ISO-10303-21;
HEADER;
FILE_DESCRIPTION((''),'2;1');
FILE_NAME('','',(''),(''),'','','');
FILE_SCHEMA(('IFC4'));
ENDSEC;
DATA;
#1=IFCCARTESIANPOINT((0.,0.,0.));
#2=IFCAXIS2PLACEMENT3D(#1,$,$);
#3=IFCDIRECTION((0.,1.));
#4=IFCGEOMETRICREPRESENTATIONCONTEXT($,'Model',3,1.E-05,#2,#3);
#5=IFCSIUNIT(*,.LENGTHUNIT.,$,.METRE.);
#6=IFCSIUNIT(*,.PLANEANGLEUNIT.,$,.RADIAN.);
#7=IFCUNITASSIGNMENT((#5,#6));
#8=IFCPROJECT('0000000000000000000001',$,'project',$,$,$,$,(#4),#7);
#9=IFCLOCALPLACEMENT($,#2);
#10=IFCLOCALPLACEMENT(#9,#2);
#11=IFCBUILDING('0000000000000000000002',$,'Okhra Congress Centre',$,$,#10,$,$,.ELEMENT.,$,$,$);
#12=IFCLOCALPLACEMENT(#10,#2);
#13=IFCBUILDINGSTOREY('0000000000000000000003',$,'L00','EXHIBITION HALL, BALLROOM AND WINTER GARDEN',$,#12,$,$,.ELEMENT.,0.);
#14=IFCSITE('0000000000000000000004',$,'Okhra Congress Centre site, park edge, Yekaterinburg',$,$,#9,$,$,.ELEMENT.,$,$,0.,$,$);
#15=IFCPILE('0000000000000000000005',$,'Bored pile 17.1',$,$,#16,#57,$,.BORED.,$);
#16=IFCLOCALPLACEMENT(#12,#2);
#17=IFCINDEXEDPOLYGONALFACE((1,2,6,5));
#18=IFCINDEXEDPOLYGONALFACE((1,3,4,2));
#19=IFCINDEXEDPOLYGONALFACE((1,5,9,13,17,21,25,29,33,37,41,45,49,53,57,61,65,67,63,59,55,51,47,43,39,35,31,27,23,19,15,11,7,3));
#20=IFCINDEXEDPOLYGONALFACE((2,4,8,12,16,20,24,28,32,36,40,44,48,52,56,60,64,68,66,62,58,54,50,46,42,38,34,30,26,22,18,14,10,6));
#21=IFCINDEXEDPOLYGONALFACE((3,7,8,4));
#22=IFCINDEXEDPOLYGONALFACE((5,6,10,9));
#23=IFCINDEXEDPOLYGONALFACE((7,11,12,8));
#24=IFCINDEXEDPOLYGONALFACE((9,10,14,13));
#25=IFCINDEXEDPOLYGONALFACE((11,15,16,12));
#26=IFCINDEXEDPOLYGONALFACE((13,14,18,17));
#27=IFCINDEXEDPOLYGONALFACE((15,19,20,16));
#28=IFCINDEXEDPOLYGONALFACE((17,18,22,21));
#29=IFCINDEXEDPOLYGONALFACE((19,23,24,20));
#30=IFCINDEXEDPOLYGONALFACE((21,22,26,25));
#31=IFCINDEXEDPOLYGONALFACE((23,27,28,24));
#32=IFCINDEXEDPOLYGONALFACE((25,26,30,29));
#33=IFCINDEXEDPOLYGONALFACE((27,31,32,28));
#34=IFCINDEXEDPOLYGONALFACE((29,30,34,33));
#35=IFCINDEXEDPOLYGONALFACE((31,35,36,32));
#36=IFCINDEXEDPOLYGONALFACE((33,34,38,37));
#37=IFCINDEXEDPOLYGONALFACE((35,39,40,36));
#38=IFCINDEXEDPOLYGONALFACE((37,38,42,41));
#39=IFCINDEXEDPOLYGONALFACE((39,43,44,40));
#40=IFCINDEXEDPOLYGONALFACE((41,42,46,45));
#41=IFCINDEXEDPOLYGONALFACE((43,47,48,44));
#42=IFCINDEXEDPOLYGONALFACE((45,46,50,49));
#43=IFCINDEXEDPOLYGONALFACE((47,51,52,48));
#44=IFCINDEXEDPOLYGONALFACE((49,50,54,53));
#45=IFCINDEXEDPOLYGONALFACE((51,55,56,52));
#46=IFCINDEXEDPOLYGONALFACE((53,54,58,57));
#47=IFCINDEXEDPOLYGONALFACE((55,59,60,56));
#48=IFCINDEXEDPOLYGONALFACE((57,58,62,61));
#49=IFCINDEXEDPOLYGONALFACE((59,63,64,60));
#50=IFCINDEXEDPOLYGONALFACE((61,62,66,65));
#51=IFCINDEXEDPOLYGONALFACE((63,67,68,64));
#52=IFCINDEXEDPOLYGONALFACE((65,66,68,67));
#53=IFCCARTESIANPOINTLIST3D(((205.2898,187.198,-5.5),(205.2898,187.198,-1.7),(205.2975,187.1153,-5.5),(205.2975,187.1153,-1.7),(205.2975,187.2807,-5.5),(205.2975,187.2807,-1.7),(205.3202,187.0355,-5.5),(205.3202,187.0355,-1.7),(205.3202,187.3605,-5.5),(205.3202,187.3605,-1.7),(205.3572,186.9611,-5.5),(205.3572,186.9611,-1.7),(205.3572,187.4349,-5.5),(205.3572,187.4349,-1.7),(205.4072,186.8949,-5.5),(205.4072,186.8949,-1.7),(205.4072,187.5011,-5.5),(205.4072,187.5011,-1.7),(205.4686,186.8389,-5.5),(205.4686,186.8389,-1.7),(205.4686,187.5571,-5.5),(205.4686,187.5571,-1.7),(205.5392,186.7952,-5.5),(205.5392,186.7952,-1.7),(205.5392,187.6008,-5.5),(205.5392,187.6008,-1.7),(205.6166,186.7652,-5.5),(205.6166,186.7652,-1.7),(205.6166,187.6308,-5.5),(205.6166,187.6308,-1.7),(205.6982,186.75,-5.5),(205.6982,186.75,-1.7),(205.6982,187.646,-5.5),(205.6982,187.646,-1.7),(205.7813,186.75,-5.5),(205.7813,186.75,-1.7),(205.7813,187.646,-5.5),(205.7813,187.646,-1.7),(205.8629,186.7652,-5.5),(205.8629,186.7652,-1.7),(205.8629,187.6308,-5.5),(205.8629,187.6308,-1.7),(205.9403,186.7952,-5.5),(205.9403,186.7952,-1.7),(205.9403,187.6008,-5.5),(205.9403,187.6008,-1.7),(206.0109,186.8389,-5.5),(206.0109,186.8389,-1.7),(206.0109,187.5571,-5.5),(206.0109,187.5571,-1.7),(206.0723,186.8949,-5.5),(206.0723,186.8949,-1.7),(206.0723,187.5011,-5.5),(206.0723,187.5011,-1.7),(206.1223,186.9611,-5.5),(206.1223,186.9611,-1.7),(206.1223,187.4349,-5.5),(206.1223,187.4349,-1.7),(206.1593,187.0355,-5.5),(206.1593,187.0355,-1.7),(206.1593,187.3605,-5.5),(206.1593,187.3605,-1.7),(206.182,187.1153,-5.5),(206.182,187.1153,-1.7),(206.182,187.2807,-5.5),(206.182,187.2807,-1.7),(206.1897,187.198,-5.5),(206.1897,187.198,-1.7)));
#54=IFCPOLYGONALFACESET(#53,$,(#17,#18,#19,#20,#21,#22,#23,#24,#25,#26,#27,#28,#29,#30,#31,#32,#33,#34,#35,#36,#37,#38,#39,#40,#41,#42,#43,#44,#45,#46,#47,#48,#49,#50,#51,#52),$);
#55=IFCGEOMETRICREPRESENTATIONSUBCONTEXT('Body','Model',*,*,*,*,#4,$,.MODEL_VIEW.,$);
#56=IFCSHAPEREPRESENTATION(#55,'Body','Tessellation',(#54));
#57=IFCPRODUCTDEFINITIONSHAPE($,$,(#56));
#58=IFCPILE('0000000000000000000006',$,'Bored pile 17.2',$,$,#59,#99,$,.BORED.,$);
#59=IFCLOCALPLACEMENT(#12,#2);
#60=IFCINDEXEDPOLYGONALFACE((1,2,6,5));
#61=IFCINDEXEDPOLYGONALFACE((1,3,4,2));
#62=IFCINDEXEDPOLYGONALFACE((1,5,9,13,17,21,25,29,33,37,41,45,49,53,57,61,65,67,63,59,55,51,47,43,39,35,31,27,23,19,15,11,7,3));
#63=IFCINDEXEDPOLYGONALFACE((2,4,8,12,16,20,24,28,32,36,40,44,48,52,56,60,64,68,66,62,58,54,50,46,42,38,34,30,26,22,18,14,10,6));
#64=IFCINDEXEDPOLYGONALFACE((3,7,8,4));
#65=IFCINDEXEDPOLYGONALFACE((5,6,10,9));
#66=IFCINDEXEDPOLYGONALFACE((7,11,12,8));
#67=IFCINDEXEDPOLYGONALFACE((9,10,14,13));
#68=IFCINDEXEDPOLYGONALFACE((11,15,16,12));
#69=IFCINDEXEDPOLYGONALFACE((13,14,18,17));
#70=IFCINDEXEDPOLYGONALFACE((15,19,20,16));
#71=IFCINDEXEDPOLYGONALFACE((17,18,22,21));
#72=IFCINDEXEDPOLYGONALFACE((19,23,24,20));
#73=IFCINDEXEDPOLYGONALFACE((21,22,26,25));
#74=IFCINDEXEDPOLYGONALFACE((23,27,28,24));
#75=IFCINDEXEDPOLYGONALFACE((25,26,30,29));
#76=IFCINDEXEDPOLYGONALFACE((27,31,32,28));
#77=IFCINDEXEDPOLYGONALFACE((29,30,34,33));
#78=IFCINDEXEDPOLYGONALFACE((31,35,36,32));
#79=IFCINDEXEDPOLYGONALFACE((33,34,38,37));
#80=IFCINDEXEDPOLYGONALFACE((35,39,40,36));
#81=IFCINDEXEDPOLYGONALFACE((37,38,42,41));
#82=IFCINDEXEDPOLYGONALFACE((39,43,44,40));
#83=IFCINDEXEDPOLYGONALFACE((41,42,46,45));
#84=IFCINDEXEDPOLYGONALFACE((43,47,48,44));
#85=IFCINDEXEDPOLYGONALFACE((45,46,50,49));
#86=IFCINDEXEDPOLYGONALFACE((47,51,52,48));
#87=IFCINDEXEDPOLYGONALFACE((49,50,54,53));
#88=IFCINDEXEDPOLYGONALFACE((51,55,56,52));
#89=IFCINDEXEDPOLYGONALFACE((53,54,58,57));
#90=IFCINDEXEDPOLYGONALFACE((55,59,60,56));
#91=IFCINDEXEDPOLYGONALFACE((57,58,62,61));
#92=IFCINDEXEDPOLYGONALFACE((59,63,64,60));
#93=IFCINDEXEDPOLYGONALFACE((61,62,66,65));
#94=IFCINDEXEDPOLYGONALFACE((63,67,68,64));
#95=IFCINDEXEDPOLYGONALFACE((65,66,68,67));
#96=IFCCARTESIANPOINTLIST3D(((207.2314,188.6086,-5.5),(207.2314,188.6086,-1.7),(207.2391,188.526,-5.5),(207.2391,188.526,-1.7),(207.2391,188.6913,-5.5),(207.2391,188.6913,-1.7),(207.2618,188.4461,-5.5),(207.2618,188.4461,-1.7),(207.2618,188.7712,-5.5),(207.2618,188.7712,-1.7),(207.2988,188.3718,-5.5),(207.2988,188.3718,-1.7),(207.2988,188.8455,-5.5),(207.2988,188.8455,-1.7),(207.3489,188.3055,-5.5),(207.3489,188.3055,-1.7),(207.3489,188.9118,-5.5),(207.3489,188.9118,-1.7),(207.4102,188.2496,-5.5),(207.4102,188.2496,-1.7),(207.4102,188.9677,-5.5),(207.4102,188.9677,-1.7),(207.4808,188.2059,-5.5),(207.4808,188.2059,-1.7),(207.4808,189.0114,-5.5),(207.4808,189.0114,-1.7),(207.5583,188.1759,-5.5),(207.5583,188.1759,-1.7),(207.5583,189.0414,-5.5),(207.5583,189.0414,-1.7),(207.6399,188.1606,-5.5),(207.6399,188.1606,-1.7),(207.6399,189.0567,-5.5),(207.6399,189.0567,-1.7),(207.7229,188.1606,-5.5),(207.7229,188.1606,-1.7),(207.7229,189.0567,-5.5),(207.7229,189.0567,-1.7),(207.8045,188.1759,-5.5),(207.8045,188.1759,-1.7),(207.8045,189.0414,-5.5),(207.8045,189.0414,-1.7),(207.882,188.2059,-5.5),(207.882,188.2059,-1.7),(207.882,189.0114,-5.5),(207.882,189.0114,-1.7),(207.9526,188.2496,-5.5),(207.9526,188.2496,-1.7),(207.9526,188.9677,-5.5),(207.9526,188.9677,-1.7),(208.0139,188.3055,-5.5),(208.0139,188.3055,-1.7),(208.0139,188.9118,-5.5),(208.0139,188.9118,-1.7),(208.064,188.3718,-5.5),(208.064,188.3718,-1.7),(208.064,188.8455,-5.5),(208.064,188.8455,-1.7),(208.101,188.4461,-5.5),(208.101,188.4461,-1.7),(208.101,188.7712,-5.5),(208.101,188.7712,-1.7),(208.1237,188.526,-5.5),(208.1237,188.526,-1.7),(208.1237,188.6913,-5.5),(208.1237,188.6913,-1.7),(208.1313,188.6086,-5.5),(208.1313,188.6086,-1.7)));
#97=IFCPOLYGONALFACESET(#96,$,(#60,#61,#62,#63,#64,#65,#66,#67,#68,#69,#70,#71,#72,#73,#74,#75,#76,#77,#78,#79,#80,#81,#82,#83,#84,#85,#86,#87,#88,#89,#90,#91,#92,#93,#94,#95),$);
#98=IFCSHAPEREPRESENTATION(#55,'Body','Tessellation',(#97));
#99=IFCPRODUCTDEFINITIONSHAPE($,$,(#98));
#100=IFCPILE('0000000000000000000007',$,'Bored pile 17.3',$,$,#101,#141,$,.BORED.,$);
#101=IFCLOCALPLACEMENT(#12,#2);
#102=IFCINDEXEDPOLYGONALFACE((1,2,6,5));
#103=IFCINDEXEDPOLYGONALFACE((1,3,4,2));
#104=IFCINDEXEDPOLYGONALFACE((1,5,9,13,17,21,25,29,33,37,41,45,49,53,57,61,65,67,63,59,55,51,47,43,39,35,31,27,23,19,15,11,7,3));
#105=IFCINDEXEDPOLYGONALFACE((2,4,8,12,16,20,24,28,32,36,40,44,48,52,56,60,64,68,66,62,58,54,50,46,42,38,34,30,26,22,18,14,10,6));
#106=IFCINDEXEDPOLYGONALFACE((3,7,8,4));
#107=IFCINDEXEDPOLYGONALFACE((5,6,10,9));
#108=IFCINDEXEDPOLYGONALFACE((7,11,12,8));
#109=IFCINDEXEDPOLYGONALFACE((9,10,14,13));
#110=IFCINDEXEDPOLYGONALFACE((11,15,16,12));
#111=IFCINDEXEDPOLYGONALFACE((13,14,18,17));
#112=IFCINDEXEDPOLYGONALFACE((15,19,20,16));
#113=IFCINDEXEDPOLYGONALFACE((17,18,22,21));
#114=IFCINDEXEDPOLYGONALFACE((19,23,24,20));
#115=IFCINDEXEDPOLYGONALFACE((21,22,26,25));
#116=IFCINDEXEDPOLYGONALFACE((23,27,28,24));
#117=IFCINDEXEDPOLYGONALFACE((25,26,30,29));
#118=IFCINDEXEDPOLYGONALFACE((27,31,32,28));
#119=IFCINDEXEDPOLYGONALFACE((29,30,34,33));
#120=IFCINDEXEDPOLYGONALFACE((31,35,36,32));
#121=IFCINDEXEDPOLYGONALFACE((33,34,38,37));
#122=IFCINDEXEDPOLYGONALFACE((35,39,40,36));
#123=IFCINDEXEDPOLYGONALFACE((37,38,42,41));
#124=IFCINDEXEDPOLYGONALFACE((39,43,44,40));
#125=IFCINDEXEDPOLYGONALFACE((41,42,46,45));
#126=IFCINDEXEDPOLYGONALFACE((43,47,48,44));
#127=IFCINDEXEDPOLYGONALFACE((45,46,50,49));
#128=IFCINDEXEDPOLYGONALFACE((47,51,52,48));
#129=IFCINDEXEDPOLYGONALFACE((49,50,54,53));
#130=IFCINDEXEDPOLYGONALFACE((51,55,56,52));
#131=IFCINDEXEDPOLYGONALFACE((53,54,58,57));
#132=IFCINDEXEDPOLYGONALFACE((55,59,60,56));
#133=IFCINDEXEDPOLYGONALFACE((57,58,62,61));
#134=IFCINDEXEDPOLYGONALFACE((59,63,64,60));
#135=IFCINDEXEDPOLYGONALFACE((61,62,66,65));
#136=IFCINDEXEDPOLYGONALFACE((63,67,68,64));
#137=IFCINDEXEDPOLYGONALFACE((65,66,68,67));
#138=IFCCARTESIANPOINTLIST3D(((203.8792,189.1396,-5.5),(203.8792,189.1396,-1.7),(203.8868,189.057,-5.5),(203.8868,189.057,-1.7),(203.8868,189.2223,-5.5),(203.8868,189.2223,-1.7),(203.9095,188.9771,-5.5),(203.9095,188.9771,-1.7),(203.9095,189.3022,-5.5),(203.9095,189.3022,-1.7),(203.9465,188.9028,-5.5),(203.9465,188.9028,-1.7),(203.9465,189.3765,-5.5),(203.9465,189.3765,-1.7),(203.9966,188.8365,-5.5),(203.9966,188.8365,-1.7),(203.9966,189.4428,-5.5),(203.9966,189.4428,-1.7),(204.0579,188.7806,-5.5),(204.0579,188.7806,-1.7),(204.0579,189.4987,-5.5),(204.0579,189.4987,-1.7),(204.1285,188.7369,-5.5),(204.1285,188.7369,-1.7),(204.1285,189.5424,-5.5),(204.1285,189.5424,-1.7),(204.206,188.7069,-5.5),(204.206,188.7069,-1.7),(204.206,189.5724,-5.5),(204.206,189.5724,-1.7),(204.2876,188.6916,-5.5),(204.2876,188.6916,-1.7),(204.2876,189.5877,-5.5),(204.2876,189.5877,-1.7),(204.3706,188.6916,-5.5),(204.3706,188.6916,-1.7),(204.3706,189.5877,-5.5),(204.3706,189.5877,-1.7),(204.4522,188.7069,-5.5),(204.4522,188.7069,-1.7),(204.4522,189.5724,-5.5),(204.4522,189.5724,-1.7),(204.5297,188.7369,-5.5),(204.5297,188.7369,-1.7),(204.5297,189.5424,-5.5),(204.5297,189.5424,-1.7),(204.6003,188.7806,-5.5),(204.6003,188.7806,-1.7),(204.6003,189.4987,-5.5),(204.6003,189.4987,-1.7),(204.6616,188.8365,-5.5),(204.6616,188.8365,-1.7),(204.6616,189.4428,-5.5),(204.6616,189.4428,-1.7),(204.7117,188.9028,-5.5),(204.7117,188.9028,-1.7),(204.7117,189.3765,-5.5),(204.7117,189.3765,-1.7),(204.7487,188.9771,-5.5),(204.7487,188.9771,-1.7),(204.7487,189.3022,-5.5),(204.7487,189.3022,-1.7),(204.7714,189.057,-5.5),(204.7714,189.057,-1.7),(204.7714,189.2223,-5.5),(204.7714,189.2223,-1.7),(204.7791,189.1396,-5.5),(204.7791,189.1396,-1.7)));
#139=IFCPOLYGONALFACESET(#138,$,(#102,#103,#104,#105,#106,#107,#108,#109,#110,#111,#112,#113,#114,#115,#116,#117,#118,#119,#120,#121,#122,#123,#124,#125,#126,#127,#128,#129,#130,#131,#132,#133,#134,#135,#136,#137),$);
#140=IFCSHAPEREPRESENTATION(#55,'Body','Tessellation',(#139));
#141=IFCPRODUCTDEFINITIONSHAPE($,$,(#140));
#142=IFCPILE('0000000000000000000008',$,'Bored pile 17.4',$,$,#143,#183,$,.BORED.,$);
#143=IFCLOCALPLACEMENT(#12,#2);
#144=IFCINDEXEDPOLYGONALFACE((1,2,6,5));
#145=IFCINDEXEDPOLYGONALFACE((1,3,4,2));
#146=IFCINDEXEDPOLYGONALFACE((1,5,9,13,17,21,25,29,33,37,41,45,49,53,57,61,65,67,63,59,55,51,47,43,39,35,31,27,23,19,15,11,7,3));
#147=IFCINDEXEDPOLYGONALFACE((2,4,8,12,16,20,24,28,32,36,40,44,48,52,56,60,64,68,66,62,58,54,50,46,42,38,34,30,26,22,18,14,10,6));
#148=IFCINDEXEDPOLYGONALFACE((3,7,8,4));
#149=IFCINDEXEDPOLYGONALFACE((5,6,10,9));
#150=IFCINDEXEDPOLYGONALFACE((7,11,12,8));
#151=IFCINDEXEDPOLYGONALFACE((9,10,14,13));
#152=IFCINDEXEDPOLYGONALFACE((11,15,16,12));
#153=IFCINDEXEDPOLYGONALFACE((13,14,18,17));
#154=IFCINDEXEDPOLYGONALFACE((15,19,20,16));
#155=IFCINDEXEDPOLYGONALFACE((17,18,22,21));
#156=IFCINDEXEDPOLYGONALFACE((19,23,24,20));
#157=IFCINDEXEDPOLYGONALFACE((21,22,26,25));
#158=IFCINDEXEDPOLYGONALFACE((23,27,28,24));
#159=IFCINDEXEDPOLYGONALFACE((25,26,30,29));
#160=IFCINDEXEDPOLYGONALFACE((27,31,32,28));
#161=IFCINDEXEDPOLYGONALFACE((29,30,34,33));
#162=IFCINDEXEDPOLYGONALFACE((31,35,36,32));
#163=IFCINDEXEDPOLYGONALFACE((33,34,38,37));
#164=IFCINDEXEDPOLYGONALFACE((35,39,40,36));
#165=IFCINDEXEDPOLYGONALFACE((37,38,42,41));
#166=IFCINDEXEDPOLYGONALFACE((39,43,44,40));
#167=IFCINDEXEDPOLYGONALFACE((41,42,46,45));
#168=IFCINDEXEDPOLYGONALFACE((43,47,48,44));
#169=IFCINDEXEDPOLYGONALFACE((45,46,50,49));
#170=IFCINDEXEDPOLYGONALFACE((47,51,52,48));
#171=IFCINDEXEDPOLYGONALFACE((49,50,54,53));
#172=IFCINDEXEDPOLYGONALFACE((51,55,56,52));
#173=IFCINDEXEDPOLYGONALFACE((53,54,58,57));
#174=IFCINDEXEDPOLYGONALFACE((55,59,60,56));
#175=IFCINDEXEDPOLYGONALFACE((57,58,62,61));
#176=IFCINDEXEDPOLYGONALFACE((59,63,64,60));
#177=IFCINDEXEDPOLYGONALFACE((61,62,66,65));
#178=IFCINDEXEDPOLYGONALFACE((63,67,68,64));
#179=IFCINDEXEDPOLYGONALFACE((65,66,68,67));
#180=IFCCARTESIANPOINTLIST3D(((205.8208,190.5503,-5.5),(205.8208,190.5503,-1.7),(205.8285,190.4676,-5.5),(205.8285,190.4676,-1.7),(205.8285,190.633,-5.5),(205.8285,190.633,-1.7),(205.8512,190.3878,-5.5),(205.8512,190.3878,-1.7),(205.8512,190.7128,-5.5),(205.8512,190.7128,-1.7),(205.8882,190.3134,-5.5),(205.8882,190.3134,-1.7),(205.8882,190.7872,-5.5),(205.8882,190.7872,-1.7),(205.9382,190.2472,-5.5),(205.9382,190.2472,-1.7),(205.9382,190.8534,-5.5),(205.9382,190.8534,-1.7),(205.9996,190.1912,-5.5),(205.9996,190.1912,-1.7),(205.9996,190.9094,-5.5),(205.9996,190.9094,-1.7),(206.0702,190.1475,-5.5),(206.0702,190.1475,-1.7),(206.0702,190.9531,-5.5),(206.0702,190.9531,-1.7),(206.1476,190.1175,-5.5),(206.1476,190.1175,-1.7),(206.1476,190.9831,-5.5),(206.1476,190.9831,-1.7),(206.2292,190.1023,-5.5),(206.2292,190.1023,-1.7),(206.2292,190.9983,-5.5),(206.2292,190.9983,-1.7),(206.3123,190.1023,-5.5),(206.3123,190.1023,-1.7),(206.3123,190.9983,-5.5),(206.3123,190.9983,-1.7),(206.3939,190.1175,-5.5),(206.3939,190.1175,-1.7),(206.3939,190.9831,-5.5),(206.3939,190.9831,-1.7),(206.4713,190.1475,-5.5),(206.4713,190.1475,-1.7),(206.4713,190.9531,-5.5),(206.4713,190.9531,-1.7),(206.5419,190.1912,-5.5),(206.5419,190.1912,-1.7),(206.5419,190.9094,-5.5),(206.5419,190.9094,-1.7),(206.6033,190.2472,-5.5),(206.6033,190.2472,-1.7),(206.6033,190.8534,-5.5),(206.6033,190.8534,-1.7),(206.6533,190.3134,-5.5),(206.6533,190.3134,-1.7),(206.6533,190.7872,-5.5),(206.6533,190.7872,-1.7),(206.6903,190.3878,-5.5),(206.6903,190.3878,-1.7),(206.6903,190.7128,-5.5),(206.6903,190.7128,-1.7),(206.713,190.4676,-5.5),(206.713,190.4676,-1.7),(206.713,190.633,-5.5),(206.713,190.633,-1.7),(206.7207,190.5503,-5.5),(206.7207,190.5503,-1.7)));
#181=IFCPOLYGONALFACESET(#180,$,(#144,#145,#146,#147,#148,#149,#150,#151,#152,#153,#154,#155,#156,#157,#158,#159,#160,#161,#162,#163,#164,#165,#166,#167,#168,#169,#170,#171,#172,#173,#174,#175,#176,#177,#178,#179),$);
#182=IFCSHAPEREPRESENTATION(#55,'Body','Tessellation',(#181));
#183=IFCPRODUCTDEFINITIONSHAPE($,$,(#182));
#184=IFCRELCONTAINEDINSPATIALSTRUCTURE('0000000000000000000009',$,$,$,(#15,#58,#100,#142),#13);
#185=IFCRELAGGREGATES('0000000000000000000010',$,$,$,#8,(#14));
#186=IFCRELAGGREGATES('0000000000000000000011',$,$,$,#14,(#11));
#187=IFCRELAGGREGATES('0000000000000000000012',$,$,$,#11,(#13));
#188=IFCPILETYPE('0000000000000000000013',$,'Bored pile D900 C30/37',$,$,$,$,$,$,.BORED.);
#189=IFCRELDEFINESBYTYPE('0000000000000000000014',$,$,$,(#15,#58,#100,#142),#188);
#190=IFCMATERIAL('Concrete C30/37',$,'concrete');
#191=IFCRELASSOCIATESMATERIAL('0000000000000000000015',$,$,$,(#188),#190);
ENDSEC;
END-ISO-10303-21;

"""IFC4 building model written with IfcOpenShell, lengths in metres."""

from ifc_helpers import new_model, si_unit, direction, frame, origin, origin_2d, place, context, subcontext, project, spatial, circle, extrude, material, material_profile, profile_set, type_object, element, save


model = new_model("IFC4")

# Units and contexts
model_context = context("Model", 3, precision=1e-05, world=origin(), true_north=direction((0.0, 1.0)))
body_context = subcontext(model_context, "Body", "Model", "MODEL_VIEW")
ifc_project = project(units=[si_unit("LENGTHUNIT", "METRE"), si_unit("PLANEANGLEUNIT", "RADIAN")], contexts=[model_context])

# Site, building, storey
site_placement = place(None, origin())
site = spatial("IfcSite", under=ifc_project, at=site_placement, Name="Okhra Congress Centre site, park edge, Yekaterinburg", CompositionType="ELEMENT", RefElevation=0.0)
building_placement = place(site_placement, origin())
building = spatial("IfcBuilding", under=site, at=building_placement, Name="Okhra Congress Centre", CompositionType="ELEMENT")
storey_placement = place(building_placement, origin())
storey = spatial("IfcBuildingStorey", under=building, at=storey_placement, Name="L00", Description="EXHIBITION HALL, BALLROOM AND WINTER GARDEN", CompositionType="ELEMENT", Elevation=0.0)

# Piles
ifc_material_1 = material(Name="Concrete C30/37", Category="concrete")
ifc_material_profile_1 = material_profile(ifc_material_1, circle(Radius=0.45, at=origin_2d()), Name="D900")
ifc_profile_set_1 = profile_set([ifc_material_profile_1], Name="Concrete C30/37")
pile_type = type_object("IfcPileType", Name="Bored pile D900 C30/37", PredefinedType="BORED", material=ifc_profile_set_1)
for number, where, z_axis, x_axis, name in (
    (1, (205.7397, 187.198, -1.7), (0.0, 0.0, -1.0), (1.0, 0.0, 0.0), "Bored pile 17.1"),
    (2, (207.6814, 188.6086, -1.7), (0.0, 0.0, -1.0), (1.0, 0.0, 0.0), "Bored pile 17.2"),
    (3, (204.3291, 189.1396, -1.7), (0.0, 0.0, -1.0), (1.0, 0.0, 0.0), "Bored pile 17.3"),
    (4, (206.2708, 190.5503, -1.7), (0.0, 0.0, -1.0), (1.0, 0.0, 0.0), "Bored pile 17.4"),
):
    element("IfcPile", number, at=place(storey_placement, frame(where, z_axis=z_axis, x_axis=x_axis)), inside=storey, type_object=pile_type, Name=name, PredefinedType="BORED", context=body_context, shape_type="SweptSolid", body=[
        extrude(circle(Radius=0.45, at=origin_2d()), origin(), (0.0, 0.0, 1.0), 3.8),
    ])

save(model, "model.ifc")
